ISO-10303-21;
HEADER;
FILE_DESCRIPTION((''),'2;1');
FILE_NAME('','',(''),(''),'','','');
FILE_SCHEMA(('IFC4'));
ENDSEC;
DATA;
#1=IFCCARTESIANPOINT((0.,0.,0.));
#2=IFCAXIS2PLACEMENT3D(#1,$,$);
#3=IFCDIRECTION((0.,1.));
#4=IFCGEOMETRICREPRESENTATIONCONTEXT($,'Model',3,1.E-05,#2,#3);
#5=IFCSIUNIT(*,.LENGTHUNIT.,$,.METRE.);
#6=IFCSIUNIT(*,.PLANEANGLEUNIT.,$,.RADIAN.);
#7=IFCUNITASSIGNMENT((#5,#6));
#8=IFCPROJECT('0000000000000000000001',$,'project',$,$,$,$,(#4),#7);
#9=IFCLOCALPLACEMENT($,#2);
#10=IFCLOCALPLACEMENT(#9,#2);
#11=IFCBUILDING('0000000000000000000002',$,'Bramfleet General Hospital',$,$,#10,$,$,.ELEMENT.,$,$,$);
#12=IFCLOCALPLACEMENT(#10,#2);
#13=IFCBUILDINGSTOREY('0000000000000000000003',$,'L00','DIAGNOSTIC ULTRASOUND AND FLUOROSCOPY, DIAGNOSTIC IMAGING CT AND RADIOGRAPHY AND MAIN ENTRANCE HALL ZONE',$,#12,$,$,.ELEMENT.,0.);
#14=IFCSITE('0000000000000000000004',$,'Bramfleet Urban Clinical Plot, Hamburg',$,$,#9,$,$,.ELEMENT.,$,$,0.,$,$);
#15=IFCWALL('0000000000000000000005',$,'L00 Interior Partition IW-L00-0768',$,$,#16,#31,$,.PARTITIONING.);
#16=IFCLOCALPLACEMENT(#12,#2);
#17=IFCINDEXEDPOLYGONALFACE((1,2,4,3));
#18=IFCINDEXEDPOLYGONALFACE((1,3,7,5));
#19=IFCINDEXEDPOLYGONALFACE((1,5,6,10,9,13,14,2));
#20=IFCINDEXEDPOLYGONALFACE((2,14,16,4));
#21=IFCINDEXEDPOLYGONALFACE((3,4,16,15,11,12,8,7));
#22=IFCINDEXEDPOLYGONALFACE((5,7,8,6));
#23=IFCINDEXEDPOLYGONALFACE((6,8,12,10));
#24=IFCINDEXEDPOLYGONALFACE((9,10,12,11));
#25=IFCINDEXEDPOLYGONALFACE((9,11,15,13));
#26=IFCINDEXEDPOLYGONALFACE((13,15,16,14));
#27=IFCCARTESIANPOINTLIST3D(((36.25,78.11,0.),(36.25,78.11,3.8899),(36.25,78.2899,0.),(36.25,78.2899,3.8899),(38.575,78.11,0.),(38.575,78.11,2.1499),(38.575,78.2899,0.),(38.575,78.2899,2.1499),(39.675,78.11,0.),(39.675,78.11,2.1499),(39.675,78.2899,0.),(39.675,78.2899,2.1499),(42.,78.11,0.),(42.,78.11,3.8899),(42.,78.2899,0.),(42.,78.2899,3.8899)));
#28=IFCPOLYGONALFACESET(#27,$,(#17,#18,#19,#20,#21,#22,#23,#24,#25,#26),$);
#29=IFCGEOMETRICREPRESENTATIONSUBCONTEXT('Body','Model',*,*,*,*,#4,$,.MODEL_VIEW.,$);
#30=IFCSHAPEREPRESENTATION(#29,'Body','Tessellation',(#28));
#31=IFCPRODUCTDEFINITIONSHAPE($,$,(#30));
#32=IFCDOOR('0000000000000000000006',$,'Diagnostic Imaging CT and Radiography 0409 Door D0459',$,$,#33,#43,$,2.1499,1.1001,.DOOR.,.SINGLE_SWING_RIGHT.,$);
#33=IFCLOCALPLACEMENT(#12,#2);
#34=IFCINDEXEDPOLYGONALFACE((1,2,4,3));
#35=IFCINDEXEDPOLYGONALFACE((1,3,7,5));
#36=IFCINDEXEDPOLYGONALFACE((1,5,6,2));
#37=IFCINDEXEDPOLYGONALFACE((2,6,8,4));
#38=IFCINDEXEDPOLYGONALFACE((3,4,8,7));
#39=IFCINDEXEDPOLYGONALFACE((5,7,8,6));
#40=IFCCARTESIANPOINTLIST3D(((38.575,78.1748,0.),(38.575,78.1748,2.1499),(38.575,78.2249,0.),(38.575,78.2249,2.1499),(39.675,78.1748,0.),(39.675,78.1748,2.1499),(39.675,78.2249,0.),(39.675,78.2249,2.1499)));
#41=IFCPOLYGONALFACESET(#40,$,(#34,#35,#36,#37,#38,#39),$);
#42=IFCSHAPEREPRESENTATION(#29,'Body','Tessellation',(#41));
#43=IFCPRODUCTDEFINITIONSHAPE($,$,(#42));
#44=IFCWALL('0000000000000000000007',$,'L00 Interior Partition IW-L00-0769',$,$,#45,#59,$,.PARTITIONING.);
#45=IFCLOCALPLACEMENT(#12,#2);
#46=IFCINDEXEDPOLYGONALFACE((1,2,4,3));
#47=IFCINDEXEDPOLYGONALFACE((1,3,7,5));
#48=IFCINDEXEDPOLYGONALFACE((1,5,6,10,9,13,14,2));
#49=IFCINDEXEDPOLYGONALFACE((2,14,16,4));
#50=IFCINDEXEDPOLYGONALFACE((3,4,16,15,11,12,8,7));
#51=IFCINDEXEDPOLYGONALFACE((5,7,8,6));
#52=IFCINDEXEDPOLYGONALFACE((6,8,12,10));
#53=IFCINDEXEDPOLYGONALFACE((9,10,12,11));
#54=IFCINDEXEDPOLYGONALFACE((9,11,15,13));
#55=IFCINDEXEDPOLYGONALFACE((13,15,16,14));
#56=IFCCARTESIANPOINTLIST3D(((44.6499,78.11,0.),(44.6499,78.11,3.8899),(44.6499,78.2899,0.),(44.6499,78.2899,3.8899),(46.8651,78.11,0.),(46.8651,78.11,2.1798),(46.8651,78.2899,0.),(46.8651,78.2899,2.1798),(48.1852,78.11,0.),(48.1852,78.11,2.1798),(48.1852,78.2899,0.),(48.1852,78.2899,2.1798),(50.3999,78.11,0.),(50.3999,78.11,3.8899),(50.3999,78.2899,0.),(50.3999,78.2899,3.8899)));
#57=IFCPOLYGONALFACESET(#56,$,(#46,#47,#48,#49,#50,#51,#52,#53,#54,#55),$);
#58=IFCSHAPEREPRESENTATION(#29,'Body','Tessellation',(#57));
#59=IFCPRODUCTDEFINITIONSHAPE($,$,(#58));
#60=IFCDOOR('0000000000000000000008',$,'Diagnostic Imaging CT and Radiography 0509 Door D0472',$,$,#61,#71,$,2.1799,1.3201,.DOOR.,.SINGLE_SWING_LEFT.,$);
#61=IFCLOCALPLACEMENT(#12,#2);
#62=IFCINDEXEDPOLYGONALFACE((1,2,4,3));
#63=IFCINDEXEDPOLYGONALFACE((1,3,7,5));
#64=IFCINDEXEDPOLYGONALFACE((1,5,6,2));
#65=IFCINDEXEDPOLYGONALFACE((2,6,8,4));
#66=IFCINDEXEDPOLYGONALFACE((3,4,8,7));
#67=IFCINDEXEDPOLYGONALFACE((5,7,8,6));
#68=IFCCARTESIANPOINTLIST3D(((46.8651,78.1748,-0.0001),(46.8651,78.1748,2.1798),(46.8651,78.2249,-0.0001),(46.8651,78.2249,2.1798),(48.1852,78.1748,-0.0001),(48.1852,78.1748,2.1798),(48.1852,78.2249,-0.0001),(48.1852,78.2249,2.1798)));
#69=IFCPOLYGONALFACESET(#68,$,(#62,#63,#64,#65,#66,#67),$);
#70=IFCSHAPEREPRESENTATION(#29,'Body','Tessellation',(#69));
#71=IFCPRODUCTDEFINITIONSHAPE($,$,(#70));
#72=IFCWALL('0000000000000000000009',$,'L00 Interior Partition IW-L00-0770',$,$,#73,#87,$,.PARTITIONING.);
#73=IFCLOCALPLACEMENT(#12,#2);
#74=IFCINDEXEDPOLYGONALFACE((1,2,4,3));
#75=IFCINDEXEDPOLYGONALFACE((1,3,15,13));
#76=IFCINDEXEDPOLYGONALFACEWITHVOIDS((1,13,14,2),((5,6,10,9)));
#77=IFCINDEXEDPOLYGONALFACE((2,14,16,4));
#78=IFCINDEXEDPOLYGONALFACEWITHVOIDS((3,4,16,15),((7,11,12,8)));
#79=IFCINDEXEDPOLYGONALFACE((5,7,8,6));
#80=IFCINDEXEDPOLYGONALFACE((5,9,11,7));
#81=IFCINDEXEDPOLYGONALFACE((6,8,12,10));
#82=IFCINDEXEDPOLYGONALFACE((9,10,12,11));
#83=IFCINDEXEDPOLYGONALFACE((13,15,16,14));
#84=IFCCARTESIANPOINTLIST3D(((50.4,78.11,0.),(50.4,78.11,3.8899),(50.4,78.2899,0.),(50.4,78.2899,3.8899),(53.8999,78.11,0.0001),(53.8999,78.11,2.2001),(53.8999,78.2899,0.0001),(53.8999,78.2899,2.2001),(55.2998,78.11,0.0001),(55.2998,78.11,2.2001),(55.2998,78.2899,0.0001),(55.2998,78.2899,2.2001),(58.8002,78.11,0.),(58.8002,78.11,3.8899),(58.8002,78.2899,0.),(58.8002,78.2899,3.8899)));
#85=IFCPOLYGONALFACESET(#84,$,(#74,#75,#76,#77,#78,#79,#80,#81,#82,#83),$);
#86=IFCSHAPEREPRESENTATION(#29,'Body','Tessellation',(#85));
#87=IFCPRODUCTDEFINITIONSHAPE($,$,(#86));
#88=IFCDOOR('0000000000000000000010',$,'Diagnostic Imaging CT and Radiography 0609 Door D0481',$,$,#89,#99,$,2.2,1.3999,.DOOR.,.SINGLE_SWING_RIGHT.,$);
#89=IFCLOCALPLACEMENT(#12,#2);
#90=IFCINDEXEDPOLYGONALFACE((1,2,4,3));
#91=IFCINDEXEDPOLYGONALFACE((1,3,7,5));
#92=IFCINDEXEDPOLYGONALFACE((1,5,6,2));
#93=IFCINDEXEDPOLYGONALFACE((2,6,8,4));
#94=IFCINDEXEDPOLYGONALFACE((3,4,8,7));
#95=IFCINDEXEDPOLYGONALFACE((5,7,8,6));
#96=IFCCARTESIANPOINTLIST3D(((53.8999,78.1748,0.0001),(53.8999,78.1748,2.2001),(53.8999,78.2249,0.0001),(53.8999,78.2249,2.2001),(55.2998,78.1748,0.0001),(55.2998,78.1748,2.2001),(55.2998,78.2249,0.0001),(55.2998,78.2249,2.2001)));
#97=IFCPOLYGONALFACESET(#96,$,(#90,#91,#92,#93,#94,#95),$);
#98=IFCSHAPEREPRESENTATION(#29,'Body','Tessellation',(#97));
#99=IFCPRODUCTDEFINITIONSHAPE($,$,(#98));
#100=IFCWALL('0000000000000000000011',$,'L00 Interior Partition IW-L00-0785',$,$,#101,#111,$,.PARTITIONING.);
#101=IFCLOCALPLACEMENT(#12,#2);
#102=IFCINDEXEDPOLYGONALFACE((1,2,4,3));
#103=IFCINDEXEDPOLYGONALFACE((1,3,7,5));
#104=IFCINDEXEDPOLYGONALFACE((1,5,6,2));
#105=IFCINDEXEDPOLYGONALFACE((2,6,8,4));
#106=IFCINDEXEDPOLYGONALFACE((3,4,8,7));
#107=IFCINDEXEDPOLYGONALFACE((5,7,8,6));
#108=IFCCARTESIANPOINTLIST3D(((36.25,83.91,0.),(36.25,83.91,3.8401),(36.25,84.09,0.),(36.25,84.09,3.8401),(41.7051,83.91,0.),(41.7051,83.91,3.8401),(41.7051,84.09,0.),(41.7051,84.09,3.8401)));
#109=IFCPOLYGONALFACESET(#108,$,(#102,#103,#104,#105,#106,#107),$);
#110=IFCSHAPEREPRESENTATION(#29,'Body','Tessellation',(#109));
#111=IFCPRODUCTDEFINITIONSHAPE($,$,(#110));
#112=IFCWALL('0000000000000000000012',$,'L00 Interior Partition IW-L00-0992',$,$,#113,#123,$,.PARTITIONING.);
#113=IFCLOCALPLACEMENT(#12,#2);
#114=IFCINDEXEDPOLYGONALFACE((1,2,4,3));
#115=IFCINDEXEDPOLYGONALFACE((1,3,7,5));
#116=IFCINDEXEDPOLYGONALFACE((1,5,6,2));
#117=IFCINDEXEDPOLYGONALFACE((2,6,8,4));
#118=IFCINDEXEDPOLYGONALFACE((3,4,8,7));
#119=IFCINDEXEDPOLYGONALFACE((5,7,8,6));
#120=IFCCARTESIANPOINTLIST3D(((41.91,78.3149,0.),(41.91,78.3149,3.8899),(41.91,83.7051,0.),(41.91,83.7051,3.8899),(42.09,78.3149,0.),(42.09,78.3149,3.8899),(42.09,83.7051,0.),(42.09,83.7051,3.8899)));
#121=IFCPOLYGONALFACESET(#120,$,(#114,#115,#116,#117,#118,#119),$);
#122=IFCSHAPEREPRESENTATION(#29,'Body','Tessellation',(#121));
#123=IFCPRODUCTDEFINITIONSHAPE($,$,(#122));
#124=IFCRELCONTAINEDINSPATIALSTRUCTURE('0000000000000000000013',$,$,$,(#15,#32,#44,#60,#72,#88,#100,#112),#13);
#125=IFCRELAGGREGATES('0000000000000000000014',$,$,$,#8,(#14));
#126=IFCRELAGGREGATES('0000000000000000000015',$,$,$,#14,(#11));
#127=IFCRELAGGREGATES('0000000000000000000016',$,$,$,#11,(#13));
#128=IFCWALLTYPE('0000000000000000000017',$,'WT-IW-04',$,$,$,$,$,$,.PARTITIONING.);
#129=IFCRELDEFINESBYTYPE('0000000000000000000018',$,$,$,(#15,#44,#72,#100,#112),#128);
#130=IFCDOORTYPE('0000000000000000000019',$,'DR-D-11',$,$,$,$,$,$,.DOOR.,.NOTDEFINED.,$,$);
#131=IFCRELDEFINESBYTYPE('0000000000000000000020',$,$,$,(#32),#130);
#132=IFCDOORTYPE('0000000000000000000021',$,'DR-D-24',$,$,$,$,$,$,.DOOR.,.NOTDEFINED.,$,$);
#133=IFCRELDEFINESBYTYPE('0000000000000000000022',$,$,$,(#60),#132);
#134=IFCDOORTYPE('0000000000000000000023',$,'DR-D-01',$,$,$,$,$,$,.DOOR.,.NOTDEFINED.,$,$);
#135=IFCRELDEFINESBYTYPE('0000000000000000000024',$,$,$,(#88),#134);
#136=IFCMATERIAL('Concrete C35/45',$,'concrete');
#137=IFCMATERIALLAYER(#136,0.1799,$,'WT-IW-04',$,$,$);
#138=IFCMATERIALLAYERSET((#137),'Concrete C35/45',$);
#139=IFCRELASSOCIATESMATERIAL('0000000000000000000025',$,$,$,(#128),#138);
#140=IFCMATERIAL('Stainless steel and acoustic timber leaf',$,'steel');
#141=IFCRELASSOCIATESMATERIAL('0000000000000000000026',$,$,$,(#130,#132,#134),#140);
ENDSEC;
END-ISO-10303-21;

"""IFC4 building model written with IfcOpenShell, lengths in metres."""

from ifc_helpers import new_model, si_unit, direction, frame, frame_2d, origin, place, context, subcontext, project, spatial, rectangle, extrude, material, layer, layer_set, type_object, element, fill, save


model = new_model("IFC4")

# Units and contexts
model_context = context("Model", 3, precision=1e-05, world=origin(), true_north=direction((0.0, 1.0)))
body_context = subcontext(model_context, "Body", "Model", "MODEL_VIEW")
ifc_project = project(units=[si_unit("LENGTHUNIT", "METRE"), si_unit("PLANEANGLEUNIT", "RADIAN")], contexts=[model_context])

# Site, building, storey
site_placement = place(None, origin())
site = spatial("IfcSite", under=ifc_project, at=site_placement, Name="Bramfleet Urban Clinical Plot, Hamburg", CompositionType="ELEMENT", RefElevation=0.0)
building_placement = place(site_placement, origin())
building = spatial("IfcBuilding", under=site, at=building_placement, Name="Bramfleet General Hospital", CompositionType="ELEMENT")
storey_placement = place(building_placement, origin())
storey = spatial("IfcBuildingStorey", under=building, at=storey_placement, Name="L00", Description="DIAGNOSTIC ULTRASOUND AND FLUOROSCOPY, DIAGNOSTIC IMAGING CT AND RADIOGRAPHY AND MAIN ENTRANCE HALL ZONE", CompositionType="ELEMENT", Elevation=0.0)

# Shared definitions
ifc_material_1 = material(Name="Concrete C35/45", Category="concrete")

# Walls, openings, doors
ifc_layer = layer(ifc_material_1, 0.1799, Name="WT-IW-04")
ifc_layer_set = layer_set([ifc_layer], Name="Concrete C35/45")
wall_type = type_object("IfcWallType", Name="WT-IW-04", PredefinedType="PARTITIONING", material=ifc_layer_set)
ifc_material_2 = material(Name="Stainless steel and acoustic timber leaf", Category="steel")
wall_1_placement = place(storey_placement, frame((36.25, 78.2, 0.0), z_axis=(0.0, 0.0, 1.0), x_axis=(1.0, 0.0, 0.0)))
wall_1 = element("IfcWall", 1, at=wall_1_placement, inside=storey, type_object=wall_type, Name="L00 Interior Partition IW-L00-0768", PredefinedType="PARTITIONING", context=body_context, shape_type="SweptSolid", body=[
    extrude(rectangle(XDim=5.75, YDim=0.1799, at=frame_2d((2.875, 0.0))), origin(), (0.0, 0.0, 1.0), 3.8899),
])
opening_1_placement = place(wall_1_placement, frame((2.325, 0.0, 0.0)))
opening_1 = element("IfcOpeningElement", 2, at=opening_1_placement, cuts=wall_1, PredefinedType="OPENING", context=body_context, shape_type="SweptSolid", body=[
    extrude(rectangle(XDim=1.1001, YDim=2.1499, at=frame_2d((0.55, 1.075))), frame((0.0, 0.0999, 0.0), z_axis=(0.0, -1.0, 0.0), x_axis=(1.0, 0.0, 0.0)), (0.0, 0.0, 1.0), 0.2),
])
door_type_1 = type_object("IfcDoorType", Name="DR-D-11", OperationType="NOTDEFINED", PredefinedType="DOOR", material=ifc_material_2)
door_1_placement = place(opening_1_placement, origin())
door_1 = element("IfcDoor", 3, at=door_1_placement, inside=storey, type_object=door_type_1, Name="Diagnostic Imaging CT and Radiography 0409 Door D0459", OperationType="SINGLE_SWING_RIGHT", OverallHeight=2.1499, OverallWidth=1.1001, PredefinedType="DOOR", context=body_context, shape_type="SweptSolid", body=[
    extrude(rectangle(XDim=1.1001, YDim=2.1499, at=frame_2d((0.55, 1.075))), frame((0.0, 0.0249, 0.0), z_axis=(0.0, -1.0, 0.0), x_axis=(1.0, 0.0, 0.0)), (0.0, 0.0, 1.0), 0.05),
])
fill(opening_1, door_1)
wall_2_placement = place(storey_placement, frame((44.6499, 78.2, 0.0), z_axis=(0.0, 0.0, 1.0), x_axis=(1.0, 0.0, 0.0)))
wall_2 = element("IfcWall", 4, at=wall_2_placement, inside=storey, type_object=wall_type, Name="L00 Interior Partition IW-L00-0769", PredefinedType="PARTITIONING", context=body_context, shape_type="SweptSolid", body=[
    extrude(rectangle(XDim=5.75, YDim=0.1799, at=frame_2d((2.875, 0.0))), origin(), (0.0, 0.0, 1.0), 3.8899),
])
opening_2_placement = place(wall_2_placement, frame((2.2151, 0.0, 0.0)))
opening_2 = element("IfcOpeningElement", 5, at=opening_2_placement, cuts=wall_2, PredefinedType="OPENING", context=body_context, shape_type="SweptSolid", body=[
    extrude(rectangle(XDim=1.3201, YDim=2.1799, at=frame_2d((0.6602, 1.0898))), frame((0.0, 0.0999, 0.0), z_axis=(0.0, -1.0, 0.0), x_axis=(1.0, 0.0, 0.0)), (0.0, 0.0, 1.0), 0.2),
])
door_type_2 = type_object("IfcDoorType", Name="DR-D-24", OperationType="NOTDEFINED", PredefinedType="DOOR", material=ifc_material_2)
door_2_placement = place(opening_2_placement, origin())
door_2 = element("IfcDoor", 6, at=door_2_placement, inside=storey, type_object=door_type_2, Name="Diagnostic Imaging CT and Radiography 0509 Door D0472", OperationType="SINGLE_SWING_LEFT", OverallHeight=2.1799, OverallWidth=1.3201, PredefinedType="DOOR", context=body_context, shape_type="SweptSolid", body=[
    extrude(rectangle(XDim=1.3201, YDim=2.1799, at=frame_2d((0.6602, 1.0898))), frame((0.0, 0.0249, 0.0), z_axis=(0.0, -1.0, 0.0), x_axis=(1.0, 0.0, 0.0)), (0.0, 0.0, 1.0), 0.05),
])
fill(opening_2, door_2)
wall_3_placement = place(storey_placement, frame((50.3999, 78.2, 0.0), z_axis=(0.0, 0.0, 1.0), x_axis=(1.0, 0.0, 0.0)))
wall_3 = element("IfcWall", 7, at=wall_3_placement, inside=storey, type_object=wall_type, Name="L00 Interior Partition IW-L00-0770", PredefinedType="PARTITIONING", context=body_context, shape_type="SweptSolid", body=[
    extrude(rectangle(XDim=8.4001, YDim=0.1799, at=frame_2d((4.2002, 0.0))), origin(), (0.0, 0.0, 1.0), 3.8899),
])
opening_3_placement = place(wall_3_placement, frame((3.5, 0.0, 0.0)))
opening_3 = element("IfcOpeningElement", 8, at=opening_3_placement, cuts=wall_3, PredefinedType="OPENING", context=body_context, shape_type="SweptSolid", body=[
    extrude(rectangle(XDim=1.3999, YDim=2.2, at=frame_2d((0.7, 1.1001))), frame((0.0, 0.0999, 0.0), z_axis=(0.0, -1.0, 0.0), x_axis=(1.0, 0.0, 0.0)), (0.0, 0.0, 1.0), 0.2),
])
door_type_3 = type_object("IfcDoorType", Name="DR-D-01", OperationType="NOTDEFINED", PredefinedType="DOOR", material=ifc_material_2)
door_3_placement = place(opening_3_placement, origin())
door_3 = element("IfcDoor", 9, at=door_3_placement, inside=storey, type_object=door_type_3, Name="Diagnostic Imaging CT and Radiography 0609 Door D0481", OperationType="SINGLE_SWING_RIGHT", OverallHeight=2.2, OverallWidth=1.3999, PredefinedType="DOOR", context=body_context, shape_type="SweptSolid", body=[
    extrude(rectangle(XDim=1.3999, YDim=2.2, at=frame_2d((0.7, 1.1001))), frame((0.0, 0.0249, 0.0), z_axis=(0.0, -1.0, 0.0), x_axis=(1.0, 0.0, 0.0)), (0.0, 0.0, 1.0), 0.05),
])
fill(opening_3, door_3)

# Walls
wall_4_placement = place(storey_placement, frame((36.25, 84.0, 0.0), z_axis=(0.0, 0.0, 1.0), x_axis=(1.0, 0.0, 0.0)))
element("IfcWall", 10, at=wall_4_placement, inside=storey, type_object=wall_type, Name="L00 Interior Partition IW-L00-0785", PredefinedType="PARTITIONING", context=body_context, shape_type="SweptSolid", body=[
    extrude(rectangle(XDim=5.4551, YDim=0.1799, at=frame_2d((2.7275, 0.0))), origin(), (0.0, 0.0, 1.0), 3.8401),
])
wall_5_placement = place(storey_placement, frame((42.0, 78.3149, 0.0), z_axis=(0.0, 0.0, 1.0), x_axis=(0.0, 1.0, 0.0)))
element("IfcWall", 11, at=wall_5_placement, inside=storey, type_object=wall_type, Name="L00 Interior Partition IW-L00-0992", PredefinedType="PARTITIONING", context=body_context, shape_type="SweptSolid", body=[
    extrude(rectangle(XDim=5.3901, YDim=0.1799, at=frame_2d((2.6951, 0.0))), origin(), (0.0, 0.0, 1.0), 3.8899),
])

save(model, "model.ifc")
